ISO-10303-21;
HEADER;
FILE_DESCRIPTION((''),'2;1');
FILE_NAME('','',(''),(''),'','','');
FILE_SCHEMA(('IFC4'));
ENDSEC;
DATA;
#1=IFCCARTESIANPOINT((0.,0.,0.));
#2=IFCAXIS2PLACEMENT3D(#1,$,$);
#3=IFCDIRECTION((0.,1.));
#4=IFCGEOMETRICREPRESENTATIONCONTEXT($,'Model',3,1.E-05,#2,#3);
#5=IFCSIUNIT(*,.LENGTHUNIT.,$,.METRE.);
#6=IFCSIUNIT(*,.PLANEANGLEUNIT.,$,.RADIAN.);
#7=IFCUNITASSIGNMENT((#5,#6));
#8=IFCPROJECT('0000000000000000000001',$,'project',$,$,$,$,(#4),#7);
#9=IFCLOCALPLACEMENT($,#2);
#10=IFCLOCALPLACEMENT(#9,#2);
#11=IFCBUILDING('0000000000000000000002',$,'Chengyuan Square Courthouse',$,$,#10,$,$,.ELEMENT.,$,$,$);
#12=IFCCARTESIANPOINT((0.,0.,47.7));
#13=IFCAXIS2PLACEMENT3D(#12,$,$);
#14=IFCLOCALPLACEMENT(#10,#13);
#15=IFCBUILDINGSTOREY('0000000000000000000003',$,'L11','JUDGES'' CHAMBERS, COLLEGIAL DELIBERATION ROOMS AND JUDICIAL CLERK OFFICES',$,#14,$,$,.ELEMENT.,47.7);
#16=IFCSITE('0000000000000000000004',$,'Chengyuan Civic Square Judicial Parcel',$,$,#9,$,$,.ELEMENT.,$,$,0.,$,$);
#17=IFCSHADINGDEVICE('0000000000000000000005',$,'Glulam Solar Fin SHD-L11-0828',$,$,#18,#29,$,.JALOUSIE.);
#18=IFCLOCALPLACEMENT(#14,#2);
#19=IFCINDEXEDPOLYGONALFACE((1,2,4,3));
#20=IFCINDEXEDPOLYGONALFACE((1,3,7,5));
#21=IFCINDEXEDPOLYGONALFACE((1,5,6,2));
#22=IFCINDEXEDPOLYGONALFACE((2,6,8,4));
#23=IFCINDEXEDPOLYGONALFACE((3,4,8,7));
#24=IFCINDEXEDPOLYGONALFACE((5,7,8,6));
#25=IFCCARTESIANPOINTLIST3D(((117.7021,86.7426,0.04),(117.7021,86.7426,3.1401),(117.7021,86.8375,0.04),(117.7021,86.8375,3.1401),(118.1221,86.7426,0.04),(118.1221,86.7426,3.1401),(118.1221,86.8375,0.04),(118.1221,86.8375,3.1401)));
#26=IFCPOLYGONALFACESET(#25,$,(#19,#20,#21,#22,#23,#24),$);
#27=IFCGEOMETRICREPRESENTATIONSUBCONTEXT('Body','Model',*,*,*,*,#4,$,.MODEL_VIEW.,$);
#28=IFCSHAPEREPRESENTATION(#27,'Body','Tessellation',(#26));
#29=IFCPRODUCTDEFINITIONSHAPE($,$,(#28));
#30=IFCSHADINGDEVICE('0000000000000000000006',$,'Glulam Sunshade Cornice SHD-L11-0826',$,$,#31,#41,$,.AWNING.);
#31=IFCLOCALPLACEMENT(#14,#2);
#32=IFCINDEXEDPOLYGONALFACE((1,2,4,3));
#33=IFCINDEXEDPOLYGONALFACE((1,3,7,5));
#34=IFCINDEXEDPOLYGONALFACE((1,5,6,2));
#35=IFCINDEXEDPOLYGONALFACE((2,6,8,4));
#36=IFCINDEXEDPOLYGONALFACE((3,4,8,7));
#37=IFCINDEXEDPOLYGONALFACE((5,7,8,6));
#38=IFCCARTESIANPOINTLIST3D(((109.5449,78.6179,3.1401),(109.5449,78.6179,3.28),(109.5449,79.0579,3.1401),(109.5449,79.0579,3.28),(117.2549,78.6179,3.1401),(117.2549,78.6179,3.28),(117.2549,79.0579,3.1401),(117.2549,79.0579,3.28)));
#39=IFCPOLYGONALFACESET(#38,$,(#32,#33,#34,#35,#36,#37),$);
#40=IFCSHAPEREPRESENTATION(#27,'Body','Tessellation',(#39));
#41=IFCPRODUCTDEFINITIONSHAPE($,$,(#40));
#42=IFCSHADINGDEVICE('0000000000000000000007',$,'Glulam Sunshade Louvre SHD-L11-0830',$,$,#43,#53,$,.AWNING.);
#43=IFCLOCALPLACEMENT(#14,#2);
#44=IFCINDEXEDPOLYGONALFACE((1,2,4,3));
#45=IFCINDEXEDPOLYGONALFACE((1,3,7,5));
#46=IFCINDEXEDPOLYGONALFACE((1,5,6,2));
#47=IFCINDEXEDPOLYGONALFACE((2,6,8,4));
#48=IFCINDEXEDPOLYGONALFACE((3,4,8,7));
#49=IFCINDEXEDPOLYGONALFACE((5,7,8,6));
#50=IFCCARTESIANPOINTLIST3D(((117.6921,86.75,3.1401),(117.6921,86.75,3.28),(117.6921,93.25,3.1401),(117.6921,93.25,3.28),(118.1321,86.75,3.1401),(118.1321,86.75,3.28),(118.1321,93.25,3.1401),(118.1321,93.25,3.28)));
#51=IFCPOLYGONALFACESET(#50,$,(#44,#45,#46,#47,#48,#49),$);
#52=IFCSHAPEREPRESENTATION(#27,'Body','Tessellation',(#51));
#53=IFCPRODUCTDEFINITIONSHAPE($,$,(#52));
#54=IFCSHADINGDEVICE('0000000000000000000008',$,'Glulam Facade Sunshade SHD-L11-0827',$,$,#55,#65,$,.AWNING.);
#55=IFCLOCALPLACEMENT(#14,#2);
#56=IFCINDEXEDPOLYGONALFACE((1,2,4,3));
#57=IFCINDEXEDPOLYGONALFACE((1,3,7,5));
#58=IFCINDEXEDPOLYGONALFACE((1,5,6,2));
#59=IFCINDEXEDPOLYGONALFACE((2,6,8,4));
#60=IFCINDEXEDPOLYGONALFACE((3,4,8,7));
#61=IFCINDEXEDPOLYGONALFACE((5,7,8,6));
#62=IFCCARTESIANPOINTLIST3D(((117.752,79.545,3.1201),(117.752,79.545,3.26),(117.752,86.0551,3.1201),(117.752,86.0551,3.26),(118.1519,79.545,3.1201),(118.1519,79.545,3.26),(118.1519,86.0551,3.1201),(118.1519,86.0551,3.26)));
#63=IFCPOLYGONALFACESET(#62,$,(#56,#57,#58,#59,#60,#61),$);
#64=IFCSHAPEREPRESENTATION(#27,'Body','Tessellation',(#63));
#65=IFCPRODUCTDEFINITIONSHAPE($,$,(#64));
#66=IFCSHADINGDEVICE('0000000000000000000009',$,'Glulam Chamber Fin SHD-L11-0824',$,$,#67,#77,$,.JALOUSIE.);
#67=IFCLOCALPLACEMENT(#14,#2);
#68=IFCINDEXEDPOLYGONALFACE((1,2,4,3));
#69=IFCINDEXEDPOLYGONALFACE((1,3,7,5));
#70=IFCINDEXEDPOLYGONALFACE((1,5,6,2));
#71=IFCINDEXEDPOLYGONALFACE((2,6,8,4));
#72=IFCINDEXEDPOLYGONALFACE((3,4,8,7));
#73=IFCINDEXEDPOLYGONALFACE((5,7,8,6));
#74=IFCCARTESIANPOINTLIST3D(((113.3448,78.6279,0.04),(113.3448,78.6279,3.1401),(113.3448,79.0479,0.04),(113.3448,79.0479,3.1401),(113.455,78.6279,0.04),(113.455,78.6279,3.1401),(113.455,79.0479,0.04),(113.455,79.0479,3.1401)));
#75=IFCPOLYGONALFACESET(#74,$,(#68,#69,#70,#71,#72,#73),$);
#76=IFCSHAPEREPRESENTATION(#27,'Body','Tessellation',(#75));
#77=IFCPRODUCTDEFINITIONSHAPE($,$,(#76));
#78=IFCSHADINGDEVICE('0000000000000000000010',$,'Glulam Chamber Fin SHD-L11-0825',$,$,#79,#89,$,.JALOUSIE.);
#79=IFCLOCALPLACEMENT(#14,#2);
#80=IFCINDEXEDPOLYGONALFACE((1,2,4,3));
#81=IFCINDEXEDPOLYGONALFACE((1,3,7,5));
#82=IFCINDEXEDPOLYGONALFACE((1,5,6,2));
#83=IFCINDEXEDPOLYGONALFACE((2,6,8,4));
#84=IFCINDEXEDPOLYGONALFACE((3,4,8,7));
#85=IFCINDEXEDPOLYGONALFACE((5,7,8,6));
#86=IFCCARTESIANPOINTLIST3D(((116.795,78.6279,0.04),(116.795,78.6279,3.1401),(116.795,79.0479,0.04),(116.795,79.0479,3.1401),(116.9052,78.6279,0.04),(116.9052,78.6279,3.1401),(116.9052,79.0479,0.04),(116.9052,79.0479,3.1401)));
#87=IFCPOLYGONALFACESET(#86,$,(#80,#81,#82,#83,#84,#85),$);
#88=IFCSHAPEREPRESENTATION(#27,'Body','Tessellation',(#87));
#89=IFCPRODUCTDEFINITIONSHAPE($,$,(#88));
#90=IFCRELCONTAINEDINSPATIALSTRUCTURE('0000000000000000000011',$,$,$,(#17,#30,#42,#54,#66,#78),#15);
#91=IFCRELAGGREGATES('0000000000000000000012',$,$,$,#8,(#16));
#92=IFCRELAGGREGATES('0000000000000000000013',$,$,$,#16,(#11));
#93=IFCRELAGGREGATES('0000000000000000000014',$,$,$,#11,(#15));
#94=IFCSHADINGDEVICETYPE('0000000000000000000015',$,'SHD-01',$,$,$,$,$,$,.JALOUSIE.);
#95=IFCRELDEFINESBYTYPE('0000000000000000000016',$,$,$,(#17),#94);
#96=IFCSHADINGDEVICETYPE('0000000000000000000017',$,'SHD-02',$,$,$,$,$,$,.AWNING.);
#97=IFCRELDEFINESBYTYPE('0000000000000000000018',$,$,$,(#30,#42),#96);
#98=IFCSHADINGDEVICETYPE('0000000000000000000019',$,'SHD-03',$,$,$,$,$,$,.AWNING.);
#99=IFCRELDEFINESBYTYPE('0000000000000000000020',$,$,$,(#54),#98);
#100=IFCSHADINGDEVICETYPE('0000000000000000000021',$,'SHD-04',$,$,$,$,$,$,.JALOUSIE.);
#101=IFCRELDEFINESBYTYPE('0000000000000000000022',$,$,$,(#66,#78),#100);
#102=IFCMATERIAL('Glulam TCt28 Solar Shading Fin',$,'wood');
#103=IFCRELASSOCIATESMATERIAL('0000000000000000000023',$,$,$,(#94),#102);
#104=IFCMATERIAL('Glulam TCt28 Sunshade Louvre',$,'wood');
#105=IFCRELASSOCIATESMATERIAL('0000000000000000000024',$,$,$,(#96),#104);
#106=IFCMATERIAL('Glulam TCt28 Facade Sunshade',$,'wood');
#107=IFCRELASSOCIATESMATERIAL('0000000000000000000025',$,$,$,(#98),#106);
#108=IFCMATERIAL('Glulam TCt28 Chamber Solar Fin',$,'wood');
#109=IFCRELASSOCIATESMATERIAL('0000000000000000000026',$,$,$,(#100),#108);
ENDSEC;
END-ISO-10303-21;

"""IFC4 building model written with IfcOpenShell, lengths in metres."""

from ifc_helpers import new_model, si_unit, direction, frame, origin, origin_2d, place, context, subcontext, project, spatial, rectangle, extrude, material, type_object, element, save


model = new_model("IFC4")

# Units and contexts
model_context = context("Model", 3, precision=1e-05, world=origin(), true_north=direction((0.0, 1.0)))
body_context = subcontext(model_context, "Body", "Model", "MODEL_VIEW")
ifc_project = project(units=[si_unit("LENGTHUNIT", "METRE"), si_unit("PLANEANGLEUNIT", "RADIAN")], contexts=[model_context])

# Site, building, storey
site_placement = place(None, origin())
site = spatial("IfcSite", under=ifc_project, at=site_placement, Name="Chengyuan Civic Square Judicial Parcel", CompositionType="ELEMENT", RefElevation=0.0)
building_placement = place(site_placement, origin())
building = spatial("IfcBuilding", under=site, at=building_placement, Name="Chengyuan Square Courthouse", CompositionType="ELEMENT")
storey_placement = place(building_placement, frame((0.0, 0.0, 47.7)))
storey = spatial("IfcBuildingStorey", under=building, at=storey_placement, Name="L11", Description="JUDGES' CHAMBERS, COLLEGIAL DELIBERATION ROOMS AND JUDICIAL CLERK OFFICES", CompositionType="ELEMENT", Elevation=47.7)

# Shading devices
ifc_material_1 = material(Name="Glulam TCt28 Solar Shading Fin", Category="wood")
shading_device_type_1 = type_object("IfcShadingDeviceType", Name="SHD-01", PredefinedType="JALOUSIE", material=ifc_material_1)
shading_device_1_placement = place(storey_placement, frame((117.9121, 86.79, 0.04), z_axis=(0.0, 0.0, 1.0), x_axis=(1.0, 0.0, 0.0)))
element("IfcShadingDevice", 1, at=shading_device_1_placement, inside=storey, type_object=shading_device_type_1, Name="Glulam Solar Fin SHD-L11-0828", PredefinedType="JALOUSIE", context=body_context, shape_type="SweptSolid", body=[
    extrude(rectangle(XDim=0.4199, YDim=0.095, at=origin_2d()), origin(), (0.0, 0.0, 1.0), 3.1001),
])
ifc_material_2 = material(Name="Glulam TCt28 Sunshade Louvre", Category="wood")
shading_device_type_2 = type_object("IfcShadingDeviceType", Name="SHD-02", PredefinedType="AWNING", material=ifc_material_2)
shading_device_2_placement = place(storey_placement, frame((113.3999, 78.8379, 3.1401), z_axis=(0.0, 0.0, 1.0), x_axis=(1.0, 0.0, 0.0)))
element("IfcShadingDevice", 2, at=shading_device_2_placement, inside=storey, type_object=shading_device_type_2, Name="Glulam Sunshade Cornice SHD-L11-0826", PredefinedType="AWNING", context=body_context, shape_type="SweptSolid", body=[
    extrude(rectangle(XDim=7.71, YDim=0.4399, at=origin_2d()), origin(), (0.0, 0.0, 1.0), 0.1399),
])
shading_device_3_placement = place(storey_placement, frame((117.9121, 90.0, 3.1401), z_axis=(0.0, 0.0, 1.0), x_axis=(0.0, 1.0, 0.0)))
element("IfcShadingDevice", 3, at=shading_device_3_placement, inside=storey, type_object=shading_device_type_2, Name="Glulam Sunshade Louvre SHD-L11-0830", PredefinedType="AWNING", context=body_context, shape_type="SweptSolid", body=[
    extrude(rectangle(XDim=6.5, YDim=0.4399, at=origin_2d()), origin(), (0.0, 0.0, 1.0), 0.1399),
])
ifc_material_3 = material(Name="Glulam TCt28 Facade Sunshade", Category="wood")
shading_device_type_3 = type_object("IfcShadingDeviceType", Name="SHD-03", PredefinedType="AWNING", material=ifc_material_3)
shading_device_4_placement = place(storey_placement, frame((117.9519, 82.8, 3.1201), z_axis=(0.0, 0.0, 1.0), x_axis=(0.0, 1.0, 0.0)))
element("IfcShadingDevice", 4, at=shading_device_4_placement, inside=storey, type_object=shading_device_type_3, Name="Glulam Facade Sunshade SHD-L11-0827", PredefinedType="AWNING", context=body_context, shape_type="SweptSolid", body=[
    extrude(rectangle(XDim=6.51, YDim=0.3999, at=origin_2d()), origin(), (0.0, 0.0, 1.0), 0.1399),
])
ifc_material_4 = material(Name="Glulam TCt28 Chamber Solar Fin", Category="wood")
shading_device_type_4 = type_object("IfcShadingDeviceType", Name="SHD-04", PredefinedType="JALOUSIE", material=ifc_material_4)
for number, where, z_axis, x_axis, name in (
    (5, (113.3999, 78.8379, 0.04), (0.0, 0.0, 1.0), (0.0, 1.0, 0.0), "Glulam Chamber Fin SHD-L11-0824"),
    (6, (116.8501, 78.8379, 0.04), (0.0, 0.0, 1.0), (0.0, 1.0, 0.0), "Glulam Chamber Fin SHD-L11-0825"),
):
    element("IfcShadingDevice", number, at=place(storey_placement, frame(where, z_axis=z_axis, x_axis=x_axis)), inside=storey, type_object=shading_device_type_4, Name=name, PredefinedType="JALOUSIE", context=body_context, shape_type="SweptSolid", body=[
        extrude(rectangle(XDim=0.4199, YDim=0.1101, at=origin_2d()), origin(), (0.0, 0.0, 1.0), 3.1001),
    ])

save(model, "model.ifc")
